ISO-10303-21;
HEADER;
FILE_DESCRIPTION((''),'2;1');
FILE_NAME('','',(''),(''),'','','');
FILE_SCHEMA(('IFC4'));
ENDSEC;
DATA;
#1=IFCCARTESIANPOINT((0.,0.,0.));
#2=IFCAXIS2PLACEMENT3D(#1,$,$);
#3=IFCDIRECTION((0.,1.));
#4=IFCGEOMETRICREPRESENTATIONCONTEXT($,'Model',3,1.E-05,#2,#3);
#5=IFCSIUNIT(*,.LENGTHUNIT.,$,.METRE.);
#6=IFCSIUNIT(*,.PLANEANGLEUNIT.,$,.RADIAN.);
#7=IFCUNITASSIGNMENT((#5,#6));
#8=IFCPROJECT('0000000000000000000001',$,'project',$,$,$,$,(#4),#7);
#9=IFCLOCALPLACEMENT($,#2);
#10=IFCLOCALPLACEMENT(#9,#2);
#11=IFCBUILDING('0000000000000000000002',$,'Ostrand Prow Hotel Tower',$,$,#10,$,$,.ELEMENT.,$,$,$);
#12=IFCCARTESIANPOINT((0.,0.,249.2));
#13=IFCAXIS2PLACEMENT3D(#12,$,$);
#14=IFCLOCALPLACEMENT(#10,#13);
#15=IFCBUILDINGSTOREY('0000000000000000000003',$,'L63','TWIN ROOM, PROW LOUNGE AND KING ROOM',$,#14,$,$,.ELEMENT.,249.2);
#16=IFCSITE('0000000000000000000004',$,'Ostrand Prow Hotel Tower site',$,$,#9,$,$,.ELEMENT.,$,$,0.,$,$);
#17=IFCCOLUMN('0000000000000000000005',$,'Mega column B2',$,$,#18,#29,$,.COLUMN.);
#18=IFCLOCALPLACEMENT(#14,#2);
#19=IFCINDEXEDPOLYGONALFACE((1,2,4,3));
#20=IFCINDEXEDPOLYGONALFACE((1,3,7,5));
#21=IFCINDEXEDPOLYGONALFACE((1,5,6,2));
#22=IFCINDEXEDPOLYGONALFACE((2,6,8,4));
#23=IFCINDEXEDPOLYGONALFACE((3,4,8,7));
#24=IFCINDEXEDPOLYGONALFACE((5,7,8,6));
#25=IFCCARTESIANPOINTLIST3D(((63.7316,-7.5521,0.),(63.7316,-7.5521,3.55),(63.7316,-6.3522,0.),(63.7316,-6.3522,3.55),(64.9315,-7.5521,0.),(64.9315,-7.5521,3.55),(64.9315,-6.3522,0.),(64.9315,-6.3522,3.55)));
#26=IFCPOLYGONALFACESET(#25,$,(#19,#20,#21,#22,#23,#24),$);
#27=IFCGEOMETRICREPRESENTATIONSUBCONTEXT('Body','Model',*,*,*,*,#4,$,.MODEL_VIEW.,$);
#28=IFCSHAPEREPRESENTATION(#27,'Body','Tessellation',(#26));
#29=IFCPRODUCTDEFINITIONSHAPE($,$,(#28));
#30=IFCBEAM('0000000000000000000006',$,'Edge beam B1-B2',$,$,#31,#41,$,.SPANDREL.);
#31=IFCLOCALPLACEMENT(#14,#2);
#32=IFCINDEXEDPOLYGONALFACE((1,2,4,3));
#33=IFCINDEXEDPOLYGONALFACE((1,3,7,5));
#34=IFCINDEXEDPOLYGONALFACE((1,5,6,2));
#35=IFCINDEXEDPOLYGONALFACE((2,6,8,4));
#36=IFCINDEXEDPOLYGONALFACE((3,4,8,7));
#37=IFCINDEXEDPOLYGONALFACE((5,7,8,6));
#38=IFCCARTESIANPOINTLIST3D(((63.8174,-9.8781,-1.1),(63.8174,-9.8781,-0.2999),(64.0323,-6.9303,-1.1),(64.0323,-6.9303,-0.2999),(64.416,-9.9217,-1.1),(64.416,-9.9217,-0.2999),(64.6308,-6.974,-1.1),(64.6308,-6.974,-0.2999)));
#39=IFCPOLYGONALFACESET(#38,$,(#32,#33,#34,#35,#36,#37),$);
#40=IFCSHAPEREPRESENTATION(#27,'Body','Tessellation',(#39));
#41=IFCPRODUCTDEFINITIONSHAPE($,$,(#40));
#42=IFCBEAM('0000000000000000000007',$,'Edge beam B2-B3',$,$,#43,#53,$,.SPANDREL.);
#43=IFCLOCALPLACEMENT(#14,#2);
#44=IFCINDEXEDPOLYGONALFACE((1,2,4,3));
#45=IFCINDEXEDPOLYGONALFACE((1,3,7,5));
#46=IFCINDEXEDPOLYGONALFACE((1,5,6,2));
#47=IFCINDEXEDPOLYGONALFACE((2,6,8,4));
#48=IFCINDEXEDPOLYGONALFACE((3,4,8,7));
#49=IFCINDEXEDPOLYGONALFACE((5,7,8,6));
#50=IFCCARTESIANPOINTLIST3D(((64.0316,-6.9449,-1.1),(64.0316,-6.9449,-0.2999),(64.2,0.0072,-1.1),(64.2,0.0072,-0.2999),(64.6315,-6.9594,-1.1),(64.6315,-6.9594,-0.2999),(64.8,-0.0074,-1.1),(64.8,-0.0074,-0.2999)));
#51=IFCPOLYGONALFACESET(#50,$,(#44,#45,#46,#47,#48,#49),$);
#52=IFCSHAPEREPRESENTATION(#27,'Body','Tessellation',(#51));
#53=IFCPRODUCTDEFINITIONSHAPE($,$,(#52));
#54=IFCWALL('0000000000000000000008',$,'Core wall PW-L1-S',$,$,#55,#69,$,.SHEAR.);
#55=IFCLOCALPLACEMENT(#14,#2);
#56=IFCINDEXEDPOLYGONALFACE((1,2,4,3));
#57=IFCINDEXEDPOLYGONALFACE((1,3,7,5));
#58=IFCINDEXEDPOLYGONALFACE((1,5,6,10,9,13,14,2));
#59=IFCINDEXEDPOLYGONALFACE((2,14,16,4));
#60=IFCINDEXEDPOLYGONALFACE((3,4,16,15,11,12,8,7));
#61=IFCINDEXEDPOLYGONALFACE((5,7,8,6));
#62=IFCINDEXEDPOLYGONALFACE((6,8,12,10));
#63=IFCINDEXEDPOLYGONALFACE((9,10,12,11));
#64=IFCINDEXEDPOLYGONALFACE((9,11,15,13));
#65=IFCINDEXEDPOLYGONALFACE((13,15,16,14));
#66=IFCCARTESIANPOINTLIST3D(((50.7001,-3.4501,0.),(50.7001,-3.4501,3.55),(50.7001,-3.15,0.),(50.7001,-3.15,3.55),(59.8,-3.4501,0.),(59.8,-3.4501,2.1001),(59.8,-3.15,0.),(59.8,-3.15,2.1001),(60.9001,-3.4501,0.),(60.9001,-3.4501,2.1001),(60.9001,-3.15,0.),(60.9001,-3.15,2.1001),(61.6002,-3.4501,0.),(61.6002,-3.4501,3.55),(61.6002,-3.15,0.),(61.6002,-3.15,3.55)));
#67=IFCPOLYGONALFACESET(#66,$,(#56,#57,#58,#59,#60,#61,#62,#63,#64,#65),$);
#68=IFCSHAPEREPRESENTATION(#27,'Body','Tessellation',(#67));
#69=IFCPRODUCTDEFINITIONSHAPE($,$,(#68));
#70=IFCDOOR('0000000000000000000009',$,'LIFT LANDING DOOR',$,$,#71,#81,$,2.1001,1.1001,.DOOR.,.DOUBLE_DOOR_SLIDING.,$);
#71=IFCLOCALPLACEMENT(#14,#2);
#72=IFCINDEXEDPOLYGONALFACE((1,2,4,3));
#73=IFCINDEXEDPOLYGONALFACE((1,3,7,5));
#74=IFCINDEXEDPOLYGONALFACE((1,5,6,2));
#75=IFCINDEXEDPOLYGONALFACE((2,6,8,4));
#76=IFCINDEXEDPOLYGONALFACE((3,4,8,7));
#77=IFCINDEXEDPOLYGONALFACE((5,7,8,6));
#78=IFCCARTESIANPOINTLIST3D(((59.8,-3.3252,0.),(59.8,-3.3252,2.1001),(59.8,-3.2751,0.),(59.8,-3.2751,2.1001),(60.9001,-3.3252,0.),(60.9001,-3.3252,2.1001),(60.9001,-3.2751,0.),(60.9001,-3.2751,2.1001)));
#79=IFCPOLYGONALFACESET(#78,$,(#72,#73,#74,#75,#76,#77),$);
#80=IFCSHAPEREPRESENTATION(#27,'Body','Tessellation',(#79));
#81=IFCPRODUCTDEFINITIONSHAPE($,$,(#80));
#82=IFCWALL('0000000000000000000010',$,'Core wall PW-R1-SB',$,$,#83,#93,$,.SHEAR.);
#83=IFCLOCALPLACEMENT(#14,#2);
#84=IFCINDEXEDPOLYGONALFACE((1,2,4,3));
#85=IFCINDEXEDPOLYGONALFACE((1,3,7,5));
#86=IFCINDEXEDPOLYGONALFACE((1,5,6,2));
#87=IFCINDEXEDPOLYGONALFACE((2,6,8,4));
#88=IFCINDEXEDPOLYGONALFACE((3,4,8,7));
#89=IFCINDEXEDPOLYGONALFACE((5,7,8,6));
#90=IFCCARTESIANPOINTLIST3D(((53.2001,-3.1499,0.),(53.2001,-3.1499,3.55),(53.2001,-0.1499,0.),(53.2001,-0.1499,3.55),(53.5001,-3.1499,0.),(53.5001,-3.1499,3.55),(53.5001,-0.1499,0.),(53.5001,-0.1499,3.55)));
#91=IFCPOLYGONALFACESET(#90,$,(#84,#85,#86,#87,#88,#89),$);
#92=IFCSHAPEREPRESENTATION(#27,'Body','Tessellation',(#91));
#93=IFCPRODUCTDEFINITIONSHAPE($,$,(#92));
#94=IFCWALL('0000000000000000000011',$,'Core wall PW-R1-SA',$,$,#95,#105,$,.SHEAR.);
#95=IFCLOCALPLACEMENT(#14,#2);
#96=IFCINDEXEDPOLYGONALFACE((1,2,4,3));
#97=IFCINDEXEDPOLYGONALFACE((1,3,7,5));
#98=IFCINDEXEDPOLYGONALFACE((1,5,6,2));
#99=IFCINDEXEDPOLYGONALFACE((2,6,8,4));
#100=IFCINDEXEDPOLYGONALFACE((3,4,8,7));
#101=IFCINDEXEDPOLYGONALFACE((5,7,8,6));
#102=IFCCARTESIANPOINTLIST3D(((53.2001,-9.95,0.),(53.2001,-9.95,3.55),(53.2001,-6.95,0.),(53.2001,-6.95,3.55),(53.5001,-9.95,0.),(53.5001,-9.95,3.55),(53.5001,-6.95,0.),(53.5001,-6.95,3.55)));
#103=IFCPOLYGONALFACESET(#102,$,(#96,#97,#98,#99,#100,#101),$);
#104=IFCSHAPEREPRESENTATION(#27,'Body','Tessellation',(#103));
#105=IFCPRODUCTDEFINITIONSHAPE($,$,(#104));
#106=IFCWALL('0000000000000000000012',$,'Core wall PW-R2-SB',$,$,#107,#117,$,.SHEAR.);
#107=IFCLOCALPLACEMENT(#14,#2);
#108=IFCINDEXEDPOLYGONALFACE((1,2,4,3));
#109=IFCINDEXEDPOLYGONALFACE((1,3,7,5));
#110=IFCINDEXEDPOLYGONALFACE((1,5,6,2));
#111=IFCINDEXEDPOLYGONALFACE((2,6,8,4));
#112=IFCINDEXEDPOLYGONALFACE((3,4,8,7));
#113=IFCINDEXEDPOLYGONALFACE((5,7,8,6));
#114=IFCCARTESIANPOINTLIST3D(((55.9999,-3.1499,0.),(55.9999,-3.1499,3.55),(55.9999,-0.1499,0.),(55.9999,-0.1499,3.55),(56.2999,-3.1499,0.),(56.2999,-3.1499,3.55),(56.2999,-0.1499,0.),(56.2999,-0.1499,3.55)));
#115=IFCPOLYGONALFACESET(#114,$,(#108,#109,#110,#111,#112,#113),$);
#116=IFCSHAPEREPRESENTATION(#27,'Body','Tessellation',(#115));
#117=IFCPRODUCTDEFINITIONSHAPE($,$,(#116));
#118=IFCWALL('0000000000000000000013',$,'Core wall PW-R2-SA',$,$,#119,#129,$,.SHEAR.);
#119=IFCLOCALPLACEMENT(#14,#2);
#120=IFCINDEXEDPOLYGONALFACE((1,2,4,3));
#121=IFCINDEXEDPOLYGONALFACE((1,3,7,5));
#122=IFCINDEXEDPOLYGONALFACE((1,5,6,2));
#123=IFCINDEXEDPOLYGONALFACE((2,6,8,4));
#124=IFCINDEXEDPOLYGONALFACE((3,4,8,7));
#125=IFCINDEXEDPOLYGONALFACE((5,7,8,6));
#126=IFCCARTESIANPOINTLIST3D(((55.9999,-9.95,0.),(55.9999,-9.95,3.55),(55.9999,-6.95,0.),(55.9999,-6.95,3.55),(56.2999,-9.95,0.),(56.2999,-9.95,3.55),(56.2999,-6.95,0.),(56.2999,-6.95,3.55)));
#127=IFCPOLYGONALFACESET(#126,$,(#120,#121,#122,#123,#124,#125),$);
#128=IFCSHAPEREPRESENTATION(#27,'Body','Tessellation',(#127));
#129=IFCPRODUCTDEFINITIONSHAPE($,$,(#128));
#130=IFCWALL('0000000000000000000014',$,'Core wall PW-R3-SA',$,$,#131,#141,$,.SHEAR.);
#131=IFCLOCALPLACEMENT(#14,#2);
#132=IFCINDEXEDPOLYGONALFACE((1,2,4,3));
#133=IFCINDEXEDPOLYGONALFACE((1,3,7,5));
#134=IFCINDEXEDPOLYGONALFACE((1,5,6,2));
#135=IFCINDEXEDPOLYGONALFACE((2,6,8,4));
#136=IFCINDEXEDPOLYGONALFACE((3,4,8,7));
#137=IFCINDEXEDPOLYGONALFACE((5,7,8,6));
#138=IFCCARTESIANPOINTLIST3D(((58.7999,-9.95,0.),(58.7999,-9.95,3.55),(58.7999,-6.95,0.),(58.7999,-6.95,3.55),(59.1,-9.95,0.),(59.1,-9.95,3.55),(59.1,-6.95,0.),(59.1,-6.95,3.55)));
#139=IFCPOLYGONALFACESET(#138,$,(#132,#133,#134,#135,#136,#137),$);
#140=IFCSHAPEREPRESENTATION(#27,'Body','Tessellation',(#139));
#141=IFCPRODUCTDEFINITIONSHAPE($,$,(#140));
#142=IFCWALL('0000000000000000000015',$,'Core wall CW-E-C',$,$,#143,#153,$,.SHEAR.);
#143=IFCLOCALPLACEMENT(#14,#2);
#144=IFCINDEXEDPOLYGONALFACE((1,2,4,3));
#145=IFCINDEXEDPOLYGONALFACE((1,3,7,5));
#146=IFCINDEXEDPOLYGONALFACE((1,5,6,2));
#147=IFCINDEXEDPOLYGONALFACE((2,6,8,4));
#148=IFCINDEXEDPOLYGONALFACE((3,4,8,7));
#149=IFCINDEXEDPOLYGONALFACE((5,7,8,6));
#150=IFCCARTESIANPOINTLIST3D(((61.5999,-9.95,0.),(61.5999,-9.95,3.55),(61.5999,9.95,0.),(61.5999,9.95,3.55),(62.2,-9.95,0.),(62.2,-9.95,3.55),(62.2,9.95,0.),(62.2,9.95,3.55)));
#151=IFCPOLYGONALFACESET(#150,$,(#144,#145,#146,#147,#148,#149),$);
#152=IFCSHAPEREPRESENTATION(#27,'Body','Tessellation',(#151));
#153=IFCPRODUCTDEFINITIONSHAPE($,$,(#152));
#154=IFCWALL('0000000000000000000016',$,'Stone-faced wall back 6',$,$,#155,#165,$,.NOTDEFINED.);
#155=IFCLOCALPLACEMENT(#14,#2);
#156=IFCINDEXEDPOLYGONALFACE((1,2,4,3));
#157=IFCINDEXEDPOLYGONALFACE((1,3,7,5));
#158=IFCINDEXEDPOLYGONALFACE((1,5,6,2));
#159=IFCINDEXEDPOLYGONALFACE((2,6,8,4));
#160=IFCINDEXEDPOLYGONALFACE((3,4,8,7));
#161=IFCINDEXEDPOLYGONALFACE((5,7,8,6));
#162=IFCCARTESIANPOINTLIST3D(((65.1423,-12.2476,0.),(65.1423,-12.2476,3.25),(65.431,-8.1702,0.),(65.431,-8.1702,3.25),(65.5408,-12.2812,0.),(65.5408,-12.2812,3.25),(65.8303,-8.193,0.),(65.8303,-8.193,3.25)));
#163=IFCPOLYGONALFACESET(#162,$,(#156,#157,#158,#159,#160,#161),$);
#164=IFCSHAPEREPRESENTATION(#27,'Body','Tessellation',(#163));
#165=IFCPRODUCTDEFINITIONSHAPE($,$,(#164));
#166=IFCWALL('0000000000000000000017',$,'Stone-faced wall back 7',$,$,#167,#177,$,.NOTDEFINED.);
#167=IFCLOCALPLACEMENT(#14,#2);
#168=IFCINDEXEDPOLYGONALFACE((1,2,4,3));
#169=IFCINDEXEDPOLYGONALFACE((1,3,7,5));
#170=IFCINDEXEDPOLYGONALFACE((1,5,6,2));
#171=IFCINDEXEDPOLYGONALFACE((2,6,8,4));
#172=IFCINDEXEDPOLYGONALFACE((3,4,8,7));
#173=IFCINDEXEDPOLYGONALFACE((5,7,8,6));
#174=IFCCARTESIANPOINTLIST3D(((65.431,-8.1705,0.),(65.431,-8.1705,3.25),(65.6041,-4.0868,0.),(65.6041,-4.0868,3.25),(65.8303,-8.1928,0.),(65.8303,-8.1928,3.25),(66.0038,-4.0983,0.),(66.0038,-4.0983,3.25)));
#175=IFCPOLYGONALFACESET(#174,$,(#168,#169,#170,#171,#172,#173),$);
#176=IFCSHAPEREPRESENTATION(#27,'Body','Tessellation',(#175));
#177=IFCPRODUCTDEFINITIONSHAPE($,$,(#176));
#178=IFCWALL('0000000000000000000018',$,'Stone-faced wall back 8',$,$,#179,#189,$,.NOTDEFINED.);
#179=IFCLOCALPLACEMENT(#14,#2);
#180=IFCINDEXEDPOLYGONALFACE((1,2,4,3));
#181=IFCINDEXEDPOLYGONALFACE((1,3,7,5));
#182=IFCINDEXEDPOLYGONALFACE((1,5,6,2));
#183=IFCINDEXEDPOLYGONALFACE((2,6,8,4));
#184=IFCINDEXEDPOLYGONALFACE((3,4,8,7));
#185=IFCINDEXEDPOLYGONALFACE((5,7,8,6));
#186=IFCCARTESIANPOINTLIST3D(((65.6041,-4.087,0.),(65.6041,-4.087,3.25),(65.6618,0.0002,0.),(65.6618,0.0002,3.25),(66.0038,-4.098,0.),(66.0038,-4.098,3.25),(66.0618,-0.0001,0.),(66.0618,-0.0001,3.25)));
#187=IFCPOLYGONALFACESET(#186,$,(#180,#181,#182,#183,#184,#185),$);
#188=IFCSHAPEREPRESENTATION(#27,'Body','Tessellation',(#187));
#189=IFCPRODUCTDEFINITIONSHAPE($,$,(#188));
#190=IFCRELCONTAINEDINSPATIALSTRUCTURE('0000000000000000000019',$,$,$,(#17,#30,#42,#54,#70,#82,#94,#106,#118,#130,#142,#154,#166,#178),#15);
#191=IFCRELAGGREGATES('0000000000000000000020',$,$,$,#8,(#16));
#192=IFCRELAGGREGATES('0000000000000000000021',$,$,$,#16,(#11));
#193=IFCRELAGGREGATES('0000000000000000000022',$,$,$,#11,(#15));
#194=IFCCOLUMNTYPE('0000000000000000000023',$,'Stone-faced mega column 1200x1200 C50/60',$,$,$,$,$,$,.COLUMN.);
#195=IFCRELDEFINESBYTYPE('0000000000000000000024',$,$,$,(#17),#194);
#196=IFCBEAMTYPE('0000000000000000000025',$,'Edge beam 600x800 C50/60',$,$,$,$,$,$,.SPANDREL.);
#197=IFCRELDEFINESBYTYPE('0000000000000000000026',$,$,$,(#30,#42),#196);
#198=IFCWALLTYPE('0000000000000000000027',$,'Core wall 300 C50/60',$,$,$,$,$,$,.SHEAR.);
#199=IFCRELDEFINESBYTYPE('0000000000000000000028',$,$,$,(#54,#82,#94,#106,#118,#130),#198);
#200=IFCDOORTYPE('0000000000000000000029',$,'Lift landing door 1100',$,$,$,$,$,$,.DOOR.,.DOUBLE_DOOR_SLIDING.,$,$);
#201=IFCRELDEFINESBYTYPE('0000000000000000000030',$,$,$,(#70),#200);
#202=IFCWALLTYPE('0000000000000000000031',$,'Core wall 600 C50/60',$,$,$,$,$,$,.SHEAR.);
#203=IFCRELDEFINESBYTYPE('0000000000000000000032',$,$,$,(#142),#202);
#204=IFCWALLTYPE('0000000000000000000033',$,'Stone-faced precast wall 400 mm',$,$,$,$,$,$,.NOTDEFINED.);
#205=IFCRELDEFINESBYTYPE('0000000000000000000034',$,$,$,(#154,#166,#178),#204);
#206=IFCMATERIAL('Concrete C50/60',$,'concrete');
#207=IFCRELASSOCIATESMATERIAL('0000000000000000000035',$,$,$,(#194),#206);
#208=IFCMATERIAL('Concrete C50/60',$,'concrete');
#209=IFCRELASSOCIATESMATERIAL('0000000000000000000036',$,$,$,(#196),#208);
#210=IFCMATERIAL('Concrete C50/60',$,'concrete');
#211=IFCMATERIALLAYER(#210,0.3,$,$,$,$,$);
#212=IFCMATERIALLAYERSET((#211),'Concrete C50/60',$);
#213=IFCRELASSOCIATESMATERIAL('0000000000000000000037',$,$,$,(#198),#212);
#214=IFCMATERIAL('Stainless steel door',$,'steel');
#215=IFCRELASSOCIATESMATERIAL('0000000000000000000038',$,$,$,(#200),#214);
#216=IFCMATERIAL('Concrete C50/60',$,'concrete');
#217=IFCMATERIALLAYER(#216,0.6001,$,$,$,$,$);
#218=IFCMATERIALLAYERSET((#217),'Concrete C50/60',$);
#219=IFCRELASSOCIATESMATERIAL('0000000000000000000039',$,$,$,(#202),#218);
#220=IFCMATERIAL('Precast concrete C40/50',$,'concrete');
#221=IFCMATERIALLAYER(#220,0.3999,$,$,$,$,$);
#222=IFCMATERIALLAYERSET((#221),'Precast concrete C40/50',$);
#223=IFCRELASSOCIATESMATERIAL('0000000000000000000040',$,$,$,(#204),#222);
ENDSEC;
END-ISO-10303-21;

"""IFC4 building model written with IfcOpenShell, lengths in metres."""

from ifc_helpers import new_model, si_unit, direction, frame, frame_2d, origin, origin_2d, place, context, subcontext, project, spatial, polyline, rectangle, outline, extrude, material, layer, layer_set, material_profile, profile_set, type_object, element, fill, save


model = new_model("IFC4")

# Units and contexts
model_context = context("Model", 3, precision=1e-05, world=origin(), true_north=direction((0.0, 1.0)))
body_context = subcontext(model_context, "Body", "Model", "MODEL_VIEW")
ifc_project = project(units=[si_unit("LENGTHUNIT", "METRE"), si_unit("PLANEANGLEUNIT", "RADIAN")], contexts=[model_context])

# Site, building, storey
site_placement = place(None, origin())
site = spatial("IfcSite", under=ifc_project, at=site_placement, Name="Ostrand Prow Hotel Tower site", CompositionType="ELEMENT", RefElevation=0.0)
building_placement = place(site_placement, origin())
building = spatial("IfcBuilding", under=site, at=building_placement, Name="Ostrand Prow Hotel Tower", CompositionType="ELEMENT")
storey_placement = place(building_placement, frame((0.0, 0.0, 249.2)))
storey = spatial("IfcBuildingStorey", under=building, at=storey_placement, Name="L63", Description="TWIN ROOM, PROW LOUNGE AND KING ROOM", CompositionType="ELEMENT", Elevation=249.2)

# Column
ifc_material_1 = material(Name="Concrete C50/60", Category="concrete")
ifc_material_profile_1 = material_profile(ifc_material_1, rectangle(XDim=1.2, YDim=1.2, at=origin_2d()), Name="RC 1200x1200")
ifc_profile_set_1 = profile_set([ifc_material_profile_1], Name="Concrete C50/60")
column_type = type_object("IfcColumnType", Name="Stone-faced mega column 1200x1200 C50/60", PredefinedType="COLUMN", material=ifc_profile_set_1)
column_placement = place(storey_placement, frame((64.3315, -6.9521, 0.0), z_axis=(0.0, 0.0, 1.0), x_axis=(1.0, 0.0, 0.0)))
element("IfcColumn", 1, at=column_placement, inside=storey, type_object=column_type, Name="Mega column B2", PredefinedType="COLUMN", context=body_context, shape_type="SweptSolid", body=[
    extrude(rectangle(XDim=1.2, YDim=1.2, at=origin_2d()), origin(), (0.0, 0.0, 1.0), 3.55),
])

# Beams
ifc_material_2 = material(Name="Concrete C50/60", Category="concrete")
ifc_material_profile_2 = material_profile(ifc_material_2, rectangle(XDim=0.6001, YDim=0.8, at=origin_2d()), Name="RC 600x800")
ifc_profile_set_2 = profile_set([ifc_material_profile_2], Name="Concrete C50/60")
beam_type = type_object("IfcBeamType", Name="Edge beam 600x800 C50/60", PredefinedType="SPANDREL", material=ifc_profile_set_2)
beam_1_placement = place(storey_placement, frame((64.1167, -9.8999, -0.7), z_axis=(0.072691, 0.997355, 0.0), x_axis=(-0.997355, 0.072691, 0.0)))
element("IfcBeam", 2, at=beam_1_placement, inside=storey, type_object=beam_type, Name="Edge beam B1-B2", PredefinedType="SPANDREL", context=body_context, shape_type="SweptSolid", body=[
    extrude(rectangle(XDim=0.6001, YDim=0.8, at=origin_2d()), origin(), (0.0, 0.0, 1.0), 2.9556),
])
beam_2_placement = place(storey_placement, frame((64.3315, -6.9521, -0.7), z_axis=(0.024224, 0.999707, 0.0), x_axis=(-0.999707, 0.024224, 0.0)))
element("IfcBeam", 3, at=beam_2_placement, inside=storey, type_object=beam_type, Name="Edge beam B2-B3", PredefinedType="SPANDREL", context=body_context, shape_type="SweptSolid", body=[
    extrude(rectangle(XDim=0.6001, YDim=0.8, at=origin_2d()), origin(), (0.0, 0.0, 1.0), 6.9541),
])

# Wall, opening, door
ifc_material_3 = material(Name="Concrete C50/60", Category="concrete")
ifc_layer_1 = layer(ifc_material_3, 0.3)
ifc_layer_set_1 = layer_set([ifc_layer_1], Name="Concrete C50/60")
wall_type_1 = type_object("IfcWallType", Name="Core wall 300 C50/60", PredefinedType="SHEAR", material=ifc_layer_set_1)
wall_1_placement = place(storey_placement, frame((50.7, -3.3, 0.0), z_axis=(0.0, 0.0, 1.0), x_axis=(1.0, 0.0, 0.0)))
wall_1 = element("IfcWall", 4, at=wall_1_placement, inside=storey, type_object=wall_type_1, Name="Core wall PW-L1-S", PredefinedType="SHEAR", context=body_context, shape_type="SweptSolid", body=[
    extrude(rectangle(XDim=10.9001, YDim=0.3, at=frame_2d((5.4502, 0.0))), origin(), (0.0, 0.0, 1.0), 3.55),
])
opening_placement = place(wall_1_placement, frame((9.1001, 0.0, 0.0)))
opening = element("IfcOpeningElement", 5, at=opening_placement, cuts=wall_1, PredefinedType="OPENING", context=body_context, shape_type="SweptSolid", body=[
    extrude(rectangle(XDim=1.1001, YDim=2.1001, at=frame_2d((0.55, 1.05))), frame((0.0, 0.1599, 0.0), z_axis=(0.0, -1.0, 0.0), x_axis=(1.0, 0.0, 0.0)), (0.0, 0.0, 1.0), 0.3201),
])
ifc_material_4 = material(Name="Stainless steel door", Category="steel")
door_type = type_object("IfcDoorType", Name="Lift landing door 1100", OperationType="DOUBLE_DOOR_SLIDING", PredefinedType="DOOR", material=ifc_material_4)
door_placement = place(opening_placement, origin())
door = element("IfcDoor", 6, at=door_placement, inside=storey, type_object=door_type, Name="LIFT LANDING DOOR", OperationType="DOUBLE_DOOR_SLIDING", OverallHeight=2.1001, OverallWidth=1.1001, PredefinedType="DOOR", context=body_context, shape_type="SweptSolid", body=[
    extrude(rectangle(XDim=1.1001, YDim=2.1001, at=frame_2d((0.55, 1.05))), frame((0.0, 0.0249, 0.0), z_axis=(0.0, -1.0, 0.0), x_axis=(1.0, 0.0, 0.0)), (0.0, 0.0, 1.0), 0.05),
])
fill(opening, door)

# Walls
for number, where, z_axis, x_axis, name in (
    (7, (53.3501, -3.1499, 0.0), (0.0, 0.0, 1.0), (0.0, 1.0, 0.0), "Core wall PW-R1-SB"),
    (8, (53.3501, -9.95, 0.0), (0.0, 0.0, 1.0), (0.0, 1.0, 0.0), "Core wall PW-R1-SA"),
    (9, (56.1499, -3.1499, 0.0), (0.0, 0.0, 1.0), (0.0, 1.0, 0.0), "Core wall PW-R2-SB"),
    (10, (56.1499, -9.95, 0.0), (0.0, 0.0, 1.0), (0.0, 1.0, 0.0), "Core wall PW-R2-SA"),
    (11, (58.95, -9.95, 0.0), (0.0, 0.0, 1.0), (0.0, 1.0, 0.0), "Core wall PW-R3-SA"),
):
    element("IfcWall", number, at=place(storey_placement, frame(where, z_axis=z_axis, x_axis=x_axis)), inside=storey, type_object=wall_type_1, Name=name, PredefinedType="SHEAR", context=body_context, shape_type="SweptSolid", body=[
        extrude(rectangle(XDim=3.0, YDim=0.3, at=frame_2d((1.5, 0.0))), origin(), (0.0, 0.0, 1.0), 3.55),
    ])
ifc_material_5 = material(Name="Concrete C50/60", Category="concrete")
ifc_layer_2 = layer(ifc_material_5, 0.6001)
ifc_layer_set_2 = layer_set([ifc_layer_2], Name="Concrete C50/60")
wall_type_2 = type_object("IfcWallType", Name="Core wall 600 C50/60", PredefinedType="SHEAR", material=ifc_layer_set_2)
wall_2_placement = place(storey_placement, frame((61.8999, -9.95, 0.0), z_axis=(0.0, 0.0, 1.0), x_axis=(0.0, 1.0, 0.0)))
element("IfcWall", 12, at=wall_2_placement, inside=storey, type_object=wall_type_2, Name="Core wall CW-E-C", PredefinedType="SHEAR", context=body_context, shape_type="SweptSolid", body=[
    extrude(rectangle(XDim=19.8999, YDim=0.6001, at=frame_2d((9.95, 0.0))), origin(), (0.0, 0.0, 1.0), 3.55),
])
ifc_material_6 = material(Name="Precast concrete C40/50", Category="concrete")
ifc_layer_3 = layer(ifc_material_6, 0.3999)
ifc_layer_set_3 = layer_set([ifc_layer_3], Name="Precast concrete C40/50")
wall_type_3 = type_object("IfcWallType", Name="Stone-faced precast wall 400 mm", PredefinedType="NOTDEFINED", material=ifc_layer_set_3)
wall_3_placement = place(storey_placement, frame((65.3416, -12.2644, 0.0), z_axis=(0.0, 0.0, 1.0), x_axis=(0.070624, 0.997503, 0.0)))
element("IfcWall", 13, at=wall_3_placement, inside=storey, type_object=wall_type_3, Name="Stone-faced wall back 6", PredefinedType="NOTDEFINED", context=body_context, shape_type="SweptSolid", body=[
    extrude(outline(polyline([(-0.0027, -0.2), (4.0957, -0.2), (4.0903, 0.2), (0.0027, 0.2), (-0.0027, -0.2)])), origin(), (0.0, 0.0, 1.0), 3.25),
])
wall_4_placement = place(storey_placement, frame((65.6306, -8.1816, 0.0), z_axis=(0.0, 0.0, 1.0), x_axis=(0.042353, 0.999103, 0.0)))
element("IfcWall", 14, at=wall_4_placement, inside=storey, type_object=wall_type_3, Name="Stone-faced wall back 7", PredefinedType="NOTDEFINED", context=body_context, shape_type="SweptSolid", body=[
    extrude(outline(polyline([(-0.0027, -0.2), (4.0955, -0.2), (4.0901, 0.2), (0.0027, 0.2), (-0.0027, -0.2)])), origin(), (0.0, 0.0, 1.0), 3.25),
])
wall_5_placement = place(storey_placement, frame((65.804, -4.0925, 0.0), z_axis=(0.0, 0.0, 1.0), x_axis=(0.014137, 0.9999, 0.0)))
element("IfcWall", 15, at=wall_5_placement, inside=storey, type_object=wall_type_3, Name="Stone-faced wall back 8", PredefinedType="NOTDEFINED", context=body_context, shape_type="SweptSolid", body=[
    extrude(outline(polyline([(-0.0027, -0.2), (4.0957, -0.2), (4.0903, 0.2), (0.0027, 0.2), (-0.0027, -0.2)])), origin(), (0.0, 0.0, 1.0), 3.25),
])

save(model, "model.ifc")
